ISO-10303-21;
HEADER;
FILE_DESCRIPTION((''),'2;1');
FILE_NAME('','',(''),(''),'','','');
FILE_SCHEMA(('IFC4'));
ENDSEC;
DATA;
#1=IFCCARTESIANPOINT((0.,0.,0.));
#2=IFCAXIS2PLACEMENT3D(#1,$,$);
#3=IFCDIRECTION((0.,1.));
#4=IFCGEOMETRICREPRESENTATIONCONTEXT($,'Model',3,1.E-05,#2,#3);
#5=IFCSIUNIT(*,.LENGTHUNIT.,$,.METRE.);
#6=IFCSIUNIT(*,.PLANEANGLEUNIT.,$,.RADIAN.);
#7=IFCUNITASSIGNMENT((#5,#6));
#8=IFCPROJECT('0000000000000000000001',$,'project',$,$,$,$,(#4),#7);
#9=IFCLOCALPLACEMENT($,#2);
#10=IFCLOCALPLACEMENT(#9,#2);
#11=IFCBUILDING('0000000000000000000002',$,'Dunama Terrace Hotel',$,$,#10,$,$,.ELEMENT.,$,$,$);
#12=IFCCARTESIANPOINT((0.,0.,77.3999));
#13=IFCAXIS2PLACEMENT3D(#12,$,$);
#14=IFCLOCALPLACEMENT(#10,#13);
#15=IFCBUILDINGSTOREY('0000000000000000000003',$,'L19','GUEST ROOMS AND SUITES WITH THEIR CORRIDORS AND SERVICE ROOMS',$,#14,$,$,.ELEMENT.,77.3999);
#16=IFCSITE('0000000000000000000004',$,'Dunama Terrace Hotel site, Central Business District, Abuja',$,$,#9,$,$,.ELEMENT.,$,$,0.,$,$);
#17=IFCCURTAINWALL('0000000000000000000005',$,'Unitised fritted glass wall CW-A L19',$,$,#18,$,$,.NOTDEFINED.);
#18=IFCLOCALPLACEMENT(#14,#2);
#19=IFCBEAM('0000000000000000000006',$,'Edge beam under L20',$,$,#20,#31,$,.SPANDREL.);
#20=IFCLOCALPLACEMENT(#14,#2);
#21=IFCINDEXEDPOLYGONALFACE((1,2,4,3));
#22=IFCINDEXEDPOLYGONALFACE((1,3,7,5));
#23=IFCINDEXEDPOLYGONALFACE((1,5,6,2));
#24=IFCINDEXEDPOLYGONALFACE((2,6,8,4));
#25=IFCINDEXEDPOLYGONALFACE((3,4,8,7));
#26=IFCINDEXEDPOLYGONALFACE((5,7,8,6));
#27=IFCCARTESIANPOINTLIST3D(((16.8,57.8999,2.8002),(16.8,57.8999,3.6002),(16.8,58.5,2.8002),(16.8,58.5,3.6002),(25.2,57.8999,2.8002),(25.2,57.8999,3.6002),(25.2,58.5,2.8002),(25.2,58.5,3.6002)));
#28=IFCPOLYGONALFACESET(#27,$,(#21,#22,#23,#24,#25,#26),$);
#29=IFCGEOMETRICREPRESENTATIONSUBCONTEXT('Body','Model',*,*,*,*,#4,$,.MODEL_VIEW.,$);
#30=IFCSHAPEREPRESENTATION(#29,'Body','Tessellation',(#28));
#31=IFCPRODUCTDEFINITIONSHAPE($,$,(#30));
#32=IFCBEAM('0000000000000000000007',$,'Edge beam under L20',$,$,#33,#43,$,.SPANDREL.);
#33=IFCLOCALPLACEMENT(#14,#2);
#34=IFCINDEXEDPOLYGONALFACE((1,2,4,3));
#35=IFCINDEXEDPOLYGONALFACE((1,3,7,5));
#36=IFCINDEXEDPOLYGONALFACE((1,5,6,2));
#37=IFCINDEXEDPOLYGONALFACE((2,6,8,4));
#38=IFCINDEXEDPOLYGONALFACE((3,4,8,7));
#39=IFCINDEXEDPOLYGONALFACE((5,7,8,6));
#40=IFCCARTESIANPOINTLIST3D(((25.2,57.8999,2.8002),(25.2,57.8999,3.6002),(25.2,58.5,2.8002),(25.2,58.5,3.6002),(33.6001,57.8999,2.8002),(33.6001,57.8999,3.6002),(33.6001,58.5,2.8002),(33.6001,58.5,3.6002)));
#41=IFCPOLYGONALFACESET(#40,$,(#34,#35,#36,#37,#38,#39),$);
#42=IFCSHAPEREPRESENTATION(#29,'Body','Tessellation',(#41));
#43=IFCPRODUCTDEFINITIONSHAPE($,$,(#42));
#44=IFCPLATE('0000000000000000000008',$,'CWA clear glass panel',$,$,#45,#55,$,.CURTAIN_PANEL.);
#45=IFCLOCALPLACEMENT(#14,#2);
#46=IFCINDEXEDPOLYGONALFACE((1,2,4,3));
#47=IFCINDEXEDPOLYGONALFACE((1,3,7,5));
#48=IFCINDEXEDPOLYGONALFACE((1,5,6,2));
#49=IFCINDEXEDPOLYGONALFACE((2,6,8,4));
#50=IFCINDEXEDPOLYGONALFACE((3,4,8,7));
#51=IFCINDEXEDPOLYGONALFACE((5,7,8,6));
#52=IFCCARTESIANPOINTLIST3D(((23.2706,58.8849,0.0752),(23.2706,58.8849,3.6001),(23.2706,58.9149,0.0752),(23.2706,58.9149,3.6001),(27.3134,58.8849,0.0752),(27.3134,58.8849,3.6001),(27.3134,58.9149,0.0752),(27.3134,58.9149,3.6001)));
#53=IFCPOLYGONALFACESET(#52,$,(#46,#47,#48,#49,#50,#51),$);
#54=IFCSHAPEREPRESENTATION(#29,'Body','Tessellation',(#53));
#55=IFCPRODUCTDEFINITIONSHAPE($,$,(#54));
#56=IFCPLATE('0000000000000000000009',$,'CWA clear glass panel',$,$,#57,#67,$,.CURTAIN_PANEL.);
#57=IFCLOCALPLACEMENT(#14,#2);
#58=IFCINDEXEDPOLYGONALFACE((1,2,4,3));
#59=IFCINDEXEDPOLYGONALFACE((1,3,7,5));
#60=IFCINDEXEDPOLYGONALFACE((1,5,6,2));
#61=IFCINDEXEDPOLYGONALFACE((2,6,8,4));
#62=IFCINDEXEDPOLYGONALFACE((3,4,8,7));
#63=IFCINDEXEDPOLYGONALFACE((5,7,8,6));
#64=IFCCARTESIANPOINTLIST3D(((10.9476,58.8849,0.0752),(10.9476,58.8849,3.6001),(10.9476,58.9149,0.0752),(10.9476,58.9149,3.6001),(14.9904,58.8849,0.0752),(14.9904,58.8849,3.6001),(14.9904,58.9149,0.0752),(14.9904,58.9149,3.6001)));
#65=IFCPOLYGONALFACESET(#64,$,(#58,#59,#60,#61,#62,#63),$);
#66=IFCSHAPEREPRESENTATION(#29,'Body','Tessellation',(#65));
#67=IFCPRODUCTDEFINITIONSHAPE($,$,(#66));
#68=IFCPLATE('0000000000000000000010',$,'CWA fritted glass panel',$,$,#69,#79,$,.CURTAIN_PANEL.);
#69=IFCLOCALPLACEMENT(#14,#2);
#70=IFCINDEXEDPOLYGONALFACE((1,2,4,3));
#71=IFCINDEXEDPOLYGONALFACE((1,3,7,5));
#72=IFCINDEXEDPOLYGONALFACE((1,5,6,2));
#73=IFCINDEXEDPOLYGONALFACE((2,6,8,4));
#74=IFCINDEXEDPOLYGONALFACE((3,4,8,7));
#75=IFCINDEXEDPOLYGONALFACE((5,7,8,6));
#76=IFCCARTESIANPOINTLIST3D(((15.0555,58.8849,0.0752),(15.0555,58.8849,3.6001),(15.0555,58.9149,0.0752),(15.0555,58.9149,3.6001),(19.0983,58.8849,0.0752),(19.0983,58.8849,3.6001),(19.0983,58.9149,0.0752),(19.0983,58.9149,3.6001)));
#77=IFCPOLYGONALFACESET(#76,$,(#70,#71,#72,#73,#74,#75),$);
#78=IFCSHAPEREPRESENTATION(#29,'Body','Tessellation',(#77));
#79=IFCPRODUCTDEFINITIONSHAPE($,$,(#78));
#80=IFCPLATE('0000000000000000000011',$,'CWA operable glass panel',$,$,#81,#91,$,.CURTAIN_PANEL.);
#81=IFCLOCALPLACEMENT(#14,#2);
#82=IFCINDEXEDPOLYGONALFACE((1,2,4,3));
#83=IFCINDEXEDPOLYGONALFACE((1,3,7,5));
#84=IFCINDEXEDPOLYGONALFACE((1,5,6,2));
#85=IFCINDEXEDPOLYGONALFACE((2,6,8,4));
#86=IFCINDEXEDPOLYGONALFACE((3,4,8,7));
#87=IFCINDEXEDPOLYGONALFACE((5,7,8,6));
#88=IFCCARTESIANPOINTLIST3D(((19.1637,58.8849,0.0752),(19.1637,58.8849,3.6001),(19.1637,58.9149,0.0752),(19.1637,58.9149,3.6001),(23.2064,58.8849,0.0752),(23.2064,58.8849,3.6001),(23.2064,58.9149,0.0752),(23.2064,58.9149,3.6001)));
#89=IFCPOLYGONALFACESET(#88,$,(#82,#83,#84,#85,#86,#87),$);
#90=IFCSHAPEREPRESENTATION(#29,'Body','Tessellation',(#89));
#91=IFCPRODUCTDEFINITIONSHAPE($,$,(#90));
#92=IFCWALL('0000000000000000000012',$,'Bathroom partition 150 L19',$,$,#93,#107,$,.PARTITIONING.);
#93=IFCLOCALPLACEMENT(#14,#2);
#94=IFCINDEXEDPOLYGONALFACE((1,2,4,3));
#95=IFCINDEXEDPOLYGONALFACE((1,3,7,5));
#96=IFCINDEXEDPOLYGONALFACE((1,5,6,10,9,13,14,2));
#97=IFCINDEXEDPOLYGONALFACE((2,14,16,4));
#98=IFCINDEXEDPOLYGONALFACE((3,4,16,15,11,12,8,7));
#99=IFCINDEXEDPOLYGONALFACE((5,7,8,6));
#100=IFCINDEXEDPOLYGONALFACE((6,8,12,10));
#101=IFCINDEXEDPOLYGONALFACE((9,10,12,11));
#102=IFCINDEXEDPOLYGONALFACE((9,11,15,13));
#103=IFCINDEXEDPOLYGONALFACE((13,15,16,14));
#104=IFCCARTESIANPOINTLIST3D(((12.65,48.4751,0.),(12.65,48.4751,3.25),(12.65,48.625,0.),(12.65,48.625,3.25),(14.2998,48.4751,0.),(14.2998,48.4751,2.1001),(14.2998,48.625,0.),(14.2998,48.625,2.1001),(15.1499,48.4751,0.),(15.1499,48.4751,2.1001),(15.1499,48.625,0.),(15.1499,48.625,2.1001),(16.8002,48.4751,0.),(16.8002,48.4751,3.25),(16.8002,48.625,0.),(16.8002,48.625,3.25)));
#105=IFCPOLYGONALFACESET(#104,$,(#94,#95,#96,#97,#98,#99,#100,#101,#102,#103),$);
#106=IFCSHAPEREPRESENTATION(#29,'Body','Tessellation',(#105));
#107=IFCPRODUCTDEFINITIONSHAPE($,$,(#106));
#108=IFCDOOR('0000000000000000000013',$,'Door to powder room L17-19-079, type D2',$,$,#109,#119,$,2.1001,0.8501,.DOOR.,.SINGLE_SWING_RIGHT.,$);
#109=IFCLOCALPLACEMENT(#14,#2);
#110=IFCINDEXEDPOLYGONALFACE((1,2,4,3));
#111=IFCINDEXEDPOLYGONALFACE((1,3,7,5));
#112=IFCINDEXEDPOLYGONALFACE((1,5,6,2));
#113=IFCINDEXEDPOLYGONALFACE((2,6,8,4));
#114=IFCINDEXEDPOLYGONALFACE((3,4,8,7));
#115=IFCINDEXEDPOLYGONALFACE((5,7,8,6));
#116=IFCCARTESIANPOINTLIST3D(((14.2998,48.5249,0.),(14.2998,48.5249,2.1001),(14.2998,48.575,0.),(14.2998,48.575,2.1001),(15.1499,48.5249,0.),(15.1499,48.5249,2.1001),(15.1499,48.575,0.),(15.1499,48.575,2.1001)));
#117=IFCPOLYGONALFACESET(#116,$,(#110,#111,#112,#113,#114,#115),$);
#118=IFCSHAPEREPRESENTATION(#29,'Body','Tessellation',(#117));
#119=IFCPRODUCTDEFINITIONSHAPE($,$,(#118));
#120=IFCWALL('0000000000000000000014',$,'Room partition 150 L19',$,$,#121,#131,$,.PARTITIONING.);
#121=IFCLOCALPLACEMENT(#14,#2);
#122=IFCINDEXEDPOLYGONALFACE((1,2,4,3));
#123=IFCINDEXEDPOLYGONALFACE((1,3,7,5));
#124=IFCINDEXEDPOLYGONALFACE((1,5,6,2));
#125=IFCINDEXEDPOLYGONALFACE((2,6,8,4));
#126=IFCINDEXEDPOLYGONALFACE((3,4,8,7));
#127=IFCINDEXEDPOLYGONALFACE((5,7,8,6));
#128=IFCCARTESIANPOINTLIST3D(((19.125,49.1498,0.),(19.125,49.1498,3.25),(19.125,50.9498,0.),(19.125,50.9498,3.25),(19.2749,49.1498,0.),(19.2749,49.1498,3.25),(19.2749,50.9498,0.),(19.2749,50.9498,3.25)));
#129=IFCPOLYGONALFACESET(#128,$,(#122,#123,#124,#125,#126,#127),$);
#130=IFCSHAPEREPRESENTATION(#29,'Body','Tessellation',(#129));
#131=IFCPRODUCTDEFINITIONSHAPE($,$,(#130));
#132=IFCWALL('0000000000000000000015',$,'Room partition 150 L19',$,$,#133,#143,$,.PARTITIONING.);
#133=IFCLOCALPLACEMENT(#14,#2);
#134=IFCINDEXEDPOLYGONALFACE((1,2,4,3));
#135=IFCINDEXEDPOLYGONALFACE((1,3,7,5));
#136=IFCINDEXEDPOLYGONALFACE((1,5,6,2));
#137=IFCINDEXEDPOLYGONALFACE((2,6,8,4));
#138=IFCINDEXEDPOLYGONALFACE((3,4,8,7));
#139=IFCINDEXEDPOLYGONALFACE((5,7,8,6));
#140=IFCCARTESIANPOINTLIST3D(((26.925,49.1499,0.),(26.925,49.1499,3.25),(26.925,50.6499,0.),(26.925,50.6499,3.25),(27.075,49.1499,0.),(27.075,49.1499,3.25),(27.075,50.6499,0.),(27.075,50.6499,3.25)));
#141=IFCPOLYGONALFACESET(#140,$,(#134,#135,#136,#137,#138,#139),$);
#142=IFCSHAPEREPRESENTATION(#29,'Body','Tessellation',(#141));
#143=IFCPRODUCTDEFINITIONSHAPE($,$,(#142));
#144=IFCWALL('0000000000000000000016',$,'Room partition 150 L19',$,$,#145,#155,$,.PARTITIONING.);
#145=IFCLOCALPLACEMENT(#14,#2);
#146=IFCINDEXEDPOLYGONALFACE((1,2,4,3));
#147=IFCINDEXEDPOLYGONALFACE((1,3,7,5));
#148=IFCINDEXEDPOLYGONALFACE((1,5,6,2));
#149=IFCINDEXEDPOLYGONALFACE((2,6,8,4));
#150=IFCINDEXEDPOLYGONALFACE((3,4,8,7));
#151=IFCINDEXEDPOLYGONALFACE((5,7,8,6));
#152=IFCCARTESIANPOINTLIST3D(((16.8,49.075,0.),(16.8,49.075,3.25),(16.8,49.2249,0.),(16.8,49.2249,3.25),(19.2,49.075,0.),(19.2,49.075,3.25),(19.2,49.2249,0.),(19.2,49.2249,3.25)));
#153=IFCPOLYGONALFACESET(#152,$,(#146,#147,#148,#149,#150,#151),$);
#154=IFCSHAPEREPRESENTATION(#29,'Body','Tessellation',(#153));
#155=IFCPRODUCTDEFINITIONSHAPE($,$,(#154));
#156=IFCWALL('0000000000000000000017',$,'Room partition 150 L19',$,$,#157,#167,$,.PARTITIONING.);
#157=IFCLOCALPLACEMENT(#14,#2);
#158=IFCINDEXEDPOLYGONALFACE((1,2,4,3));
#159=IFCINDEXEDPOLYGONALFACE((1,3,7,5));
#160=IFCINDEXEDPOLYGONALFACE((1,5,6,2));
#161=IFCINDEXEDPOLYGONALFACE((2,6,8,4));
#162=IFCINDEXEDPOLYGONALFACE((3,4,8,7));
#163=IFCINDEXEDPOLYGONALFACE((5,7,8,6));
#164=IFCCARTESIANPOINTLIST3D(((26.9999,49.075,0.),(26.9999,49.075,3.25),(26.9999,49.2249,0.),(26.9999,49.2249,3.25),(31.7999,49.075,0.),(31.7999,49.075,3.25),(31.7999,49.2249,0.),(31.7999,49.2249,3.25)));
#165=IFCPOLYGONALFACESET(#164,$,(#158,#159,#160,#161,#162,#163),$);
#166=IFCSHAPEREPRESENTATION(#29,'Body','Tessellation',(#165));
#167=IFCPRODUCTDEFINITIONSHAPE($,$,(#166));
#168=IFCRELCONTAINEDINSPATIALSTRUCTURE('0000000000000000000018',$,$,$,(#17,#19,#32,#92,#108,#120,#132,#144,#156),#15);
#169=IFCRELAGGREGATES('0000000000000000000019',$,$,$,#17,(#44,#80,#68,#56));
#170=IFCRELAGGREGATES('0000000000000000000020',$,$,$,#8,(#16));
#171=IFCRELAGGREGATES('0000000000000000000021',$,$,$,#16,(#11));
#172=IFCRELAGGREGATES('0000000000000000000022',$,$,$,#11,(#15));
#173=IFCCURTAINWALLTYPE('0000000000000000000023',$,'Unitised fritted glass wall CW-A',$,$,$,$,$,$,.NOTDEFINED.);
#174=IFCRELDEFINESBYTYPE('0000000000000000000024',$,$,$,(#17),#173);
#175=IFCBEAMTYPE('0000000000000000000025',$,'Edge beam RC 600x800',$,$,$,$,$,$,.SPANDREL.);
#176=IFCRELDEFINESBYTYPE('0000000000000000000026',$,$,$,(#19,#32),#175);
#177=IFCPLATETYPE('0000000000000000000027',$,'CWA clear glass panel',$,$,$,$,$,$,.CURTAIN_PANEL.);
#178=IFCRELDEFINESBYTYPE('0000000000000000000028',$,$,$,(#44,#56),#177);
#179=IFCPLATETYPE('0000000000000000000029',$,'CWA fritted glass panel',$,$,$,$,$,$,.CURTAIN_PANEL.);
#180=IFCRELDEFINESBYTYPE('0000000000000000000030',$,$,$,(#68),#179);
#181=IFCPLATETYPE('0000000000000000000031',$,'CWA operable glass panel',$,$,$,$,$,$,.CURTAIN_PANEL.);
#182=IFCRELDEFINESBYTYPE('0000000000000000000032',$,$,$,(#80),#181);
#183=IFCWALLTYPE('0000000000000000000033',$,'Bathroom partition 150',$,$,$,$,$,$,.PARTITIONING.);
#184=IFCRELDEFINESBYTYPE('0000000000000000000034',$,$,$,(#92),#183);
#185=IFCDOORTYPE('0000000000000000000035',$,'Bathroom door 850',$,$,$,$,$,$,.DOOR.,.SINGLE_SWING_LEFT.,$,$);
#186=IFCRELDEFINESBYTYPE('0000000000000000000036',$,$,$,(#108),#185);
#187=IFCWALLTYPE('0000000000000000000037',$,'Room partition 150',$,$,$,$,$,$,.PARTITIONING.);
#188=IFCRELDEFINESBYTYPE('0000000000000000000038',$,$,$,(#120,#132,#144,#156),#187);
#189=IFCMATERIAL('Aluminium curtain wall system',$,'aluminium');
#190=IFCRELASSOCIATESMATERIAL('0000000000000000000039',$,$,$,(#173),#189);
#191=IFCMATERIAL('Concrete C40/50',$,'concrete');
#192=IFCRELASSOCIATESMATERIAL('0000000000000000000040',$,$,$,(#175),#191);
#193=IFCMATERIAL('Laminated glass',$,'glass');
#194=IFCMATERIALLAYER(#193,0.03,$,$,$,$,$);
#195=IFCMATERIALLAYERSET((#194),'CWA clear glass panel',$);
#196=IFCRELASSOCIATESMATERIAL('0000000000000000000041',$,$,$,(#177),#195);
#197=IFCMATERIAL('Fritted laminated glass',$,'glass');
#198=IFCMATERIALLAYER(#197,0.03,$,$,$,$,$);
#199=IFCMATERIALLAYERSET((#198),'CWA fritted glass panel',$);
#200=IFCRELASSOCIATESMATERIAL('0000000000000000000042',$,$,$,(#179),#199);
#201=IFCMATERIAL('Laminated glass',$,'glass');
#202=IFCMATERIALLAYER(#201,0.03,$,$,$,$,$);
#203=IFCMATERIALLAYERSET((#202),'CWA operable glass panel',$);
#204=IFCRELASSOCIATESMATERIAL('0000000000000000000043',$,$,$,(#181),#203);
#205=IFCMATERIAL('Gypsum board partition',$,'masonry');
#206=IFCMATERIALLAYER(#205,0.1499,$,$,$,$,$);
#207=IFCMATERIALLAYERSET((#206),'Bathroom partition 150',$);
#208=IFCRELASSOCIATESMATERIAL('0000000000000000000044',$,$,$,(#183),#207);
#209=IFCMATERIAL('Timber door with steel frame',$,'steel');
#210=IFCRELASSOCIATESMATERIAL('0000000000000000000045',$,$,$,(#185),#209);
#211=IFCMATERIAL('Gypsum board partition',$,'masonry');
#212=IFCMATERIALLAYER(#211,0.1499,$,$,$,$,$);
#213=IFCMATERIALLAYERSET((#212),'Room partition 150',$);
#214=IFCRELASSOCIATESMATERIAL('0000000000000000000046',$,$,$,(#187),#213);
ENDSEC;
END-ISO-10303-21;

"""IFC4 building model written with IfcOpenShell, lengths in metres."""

from ifc_helpers import new_model, si_unit, direction, frame, frame_2d, origin, origin_2d, place, context, subcontext, project, spatial, rectangle, extrude, material, layer, layer_set, material_profile, profile_set, type_object, element, fill, aggregate, save


model = new_model("IFC4")

# Units and contexts
model_context = context("Model", 3, precision=1e-05, world=origin(), true_north=direction((0.0, 1.0)))
body_context = subcontext(model_context, "Body", "Model", "MODEL_VIEW")
ifc_project = project(units=[si_unit("LENGTHUNIT", "METRE"), si_unit("PLANEANGLEUNIT", "RADIAN")], contexts=[model_context])

# Site, building, storey
site_placement = place(None, origin())
site = spatial("IfcSite", under=ifc_project, at=site_placement, Name="Dunama Terrace Hotel site, Central Business District, Abuja", CompositionType="ELEMENT", RefElevation=0.0)
building_placement = place(site_placement, origin())
building = spatial("IfcBuilding", under=site, at=building_placement, Name="Dunama Terrace Hotel", CompositionType="ELEMENT")
storey_placement = place(building_placement, frame((0.0, 0.0, 77.3999)))
storey = spatial("IfcBuildingStorey", under=building, at=storey_placement, Name="L19", Description="GUEST ROOMS AND SUITES WITH THEIR CORRIDORS AND SERVICE ROOMS", CompositionType="ELEMENT", Elevation=77.3999)

# Curtain wall
ifc_material_1 = material(Name="Aluminium curtain wall system", Category="aluminium")
curtain_wall_type = type_object("IfcCurtainWallType", Name="Unitised fritted glass wall CW-A", PredefinedType="NOTDEFINED", material=ifc_material_1)
curtain_wall_placement = place(storey_placement, origin())
curtain_wall = element("IfcCurtainWall", 1, at=curtain_wall_placement, inside=storey, type_object=curtain_wall_type, Name="Unitised fritted glass wall CW-A L19", PredefinedType="NOTDEFINED")

# Beams
ifc_material_2 = material(Name="Concrete C40/50", Category="concrete")
ifc_material_profile_1 = material_profile(ifc_material_2, rectangle(XDim=0.6001, YDim=0.8, at=origin_2d()), Name="RC 600x800")
ifc_profile_set_1 = profile_set([ifc_material_profile_1], Name="Concrete C40/50")
beam_type = type_object("IfcBeamType", Name="Edge beam RC 600x800", PredefinedType="SPANDREL", material=ifc_profile_set_1)
beam_1_placement = place(storey_placement, frame((16.8, 58.2, 3.2002), z_axis=(1.0, 0.0, 0.0), x_axis=(0.0, 1.0, 0.0)))
element("IfcBeam", 2, at=beam_1_placement, inside=storey, type_object=beam_type, Name="Edge beam under L20", PredefinedType="SPANDREL", context=body_context, shape_type="SweptSolid", body=[
    extrude(rectangle(XDim=0.6001, YDim=0.8, at=origin_2d()), origin(), (0.0, 0.0, 1.0), 8.3999),
])
beam_2_placement = place(storey_placement, frame((25.2, 58.2, 3.2002), z_axis=(1.0, 0.0, 0.0), x_axis=(0.0, 1.0, 0.0)))
element("IfcBeam", 3, at=beam_2_placement, inside=storey, type_object=beam_type, Name="Edge beam under L20", PredefinedType="SPANDREL", context=body_context, shape_type="SweptSolid", body=[
    extrude(rectangle(XDim=0.6001, YDim=0.8, at=origin_2d()), origin(), (0.0, 0.0, 1.0), 8.4001),
])

# Plates
ifc_material_3 = material(Name="Laminated glass", Category="glass")
ifc_layer_1 = layer(ifc_material_3, 0.03)
ifc_layer_set_1 = layer_set([ifc_layer_1], Name="CWA clear glass panel")
plate_type_1 = type_object("IfcPlateType", Name="CWA clear glass panel", PredefinedType="CURTAIN_PANEL", material=ifc_layer_set_1)
plate_1_placement = place(storey_placement, frame((25.292, 58.8999, 0.0752), z_axis=(0.0, 0.0, 1.0), x_axis=(-1.0, 0.0, 0.0)))
plate_1 = element("IfcPlate", 4, at=plate_1_placement, type_object=plate_type_1, Name="CWA clear glass panel", PredefinedType="CURTAIN_PANEL", context=body_context, shape_type="SweptSolid", body=[
    extrude(rectangle(XDim=4.0427, YDim=0.03, at=origin_2d()), origin(), (0.0, 0.0, 1.0), 3.5249),
])
plate_2_placement = place(storey_placement, frame((12.969, 58.8999, 0.0752), z_axis=(0.0, 0.0, 1.0), x_axis=(-1.0, 0.0, 0.0)))
plate_2 = element("IfcPlate", 5, at=plate_2_placement, type_object=plate_type_1, Name="CWA clear glass panel", PredefinedType="CURTAIN_PANEL", context=body_context, shape_type="SweptSolid", body=[
    extrude(rectangle(XDim=4.0427, YDim=0.03, at=origin_2d()), origin(), (0.0, 0.0, 1.0), 3.5249),
])
ifc_material_4 = material(Name="Fritted laminated glass", Category="glass")
ifc_layer_2 = layer(ifc_material_4, 0.03)
ifc_layer_set_2 = layer_set([ifc_layer_2], Name="CWA fritted glass panel")
plate_type_2 = type_object("IfcPlateType", Name="CWA fritted glass panel", PredefinedType="CURTAIN_PANEL", material=ifc_layer_set_2)
plate_3_placement = place(storey_placement, frame((17.0769, 58.8999, 0.0752), z_axis=(0.0, 0.0, 1.0), x_axis=(-1.0, 0.0, 0.0)))
plate_3 = element("IfcPlate", 6, at=plate_3_placement, type_object=plate_type_2, Name="CWA fritted glass panel", PredefinedType="CURTAIN_PANEL", context=body_context, shape_type="SweptSolid", body=[
    extrude(rectangle(XDim=4.0427, YDim=0.03, at=origin_2d()), origin(), (0.0, 0.0, 1.0), 3.5249),
])
ifc_material_5 = material(Name="Laminated glass", Category="glass")
ifc_layer_3 = layer(ifc_material_5, 0.03)
ifc_layer_set_3 = layer_set([ifc_layer_3], Name="CWA operable glass panel")
plate_type_3 = type_object("IfcPlateType", Name="CWA operable glass panel", PredefinedType="CURTAIN_PANEL", material=ifc_layer_set_3)
plate_4_placement = place(storey_placement, frame((21.1851, 58.8999, 0.0752), z_axis=(0.0, 0.0, 1.0), x_axis=(-1.0, 0.0, 0.0)))
plate_4 = element("IfcPlate", 7, at=plate_4_placement, type_object=plate_type_3, Name="CWA operable glass panel", PredefinedType="CURTAIN_PANEL", context=body_context, shape_type="SweptSolid", body=[
    extrude(rectangle(XDim=4.0427, YDim=0.03, at=origin_2d()), origin(), (0.0, 0.0, 1.0), 3.5249),
])
aggregate(curtain_wall, [plate_1, plate_4, plate_3, plate_2])

# Wall, opening, door
ifc_material_6 = material(Name="Gypsum board partition", Category="masonry")
ifc_layer_4 = layer(ifc_material_6, 0.1499)
ifc_layer_set_4 = layer_set([ifc_layer_4], Name="Bathroom partition 150")
wall_type_1 = type_object("IfcWallType", Name="Bathroom partition 150", PredefinedType="PARTITIONING", material=ifc_layer_set_4)
wall_1_placement = place(storey_placement, frame((12.6499, 48.55, 0.0), z_axis=(0.0, 0.0, 1.0), x_axis=(1.0, 0.0, 0.0)))
wall_1 = element("IfcWall", 8, at=wall_1_placement, inside=storey, type_object=wall_type_1, Name="Bathroom partition 150 L19", PredefinedType="PARTITIONING", context=body_context, shape_type="SweptSolid", body=[
    extrude(rectangle(XDim=4.1501, YDim=0.1499, at=frame_2d((2.0752, 0.0))), origin(), (0.0, 0.0, 1.0), 3.25),
])
opening_1_placement = place(wall_1_placement, frame((1.6499, 0.0, 0.0)))
opening_1 = element("IfcOpeningElement", 9, at=opening_1_placement, cuts=wall_1, PredefinedType="OPENING", context=body_context, shape_type="SweptSolid", body=[
    extrude(rectangle(XDim=0.8501, YDim=2.1001, at=frame_2d((0.425, 1.05))), frame((0.0, 0.085, 0.0), z_axis=(0.0, -1.0, 0.0), x_axis=(1.0, 0.0, 0.0)), (0.0, 0.0, 1.0), 0.1699),
])
ifc_material_7 = material(Name="Timber door with steel frame", Category="steel")
door_type_1 = type_object("IfcDoorType", Name="Bathroom door 850", OperationType="SINGLE_SWING_LEFT", PredefinedType="DOOR", material=ifc_material_7)
door_1_placement = place(opening_1_placement, frame((0.8501, 0.0, 0.0), z_axis=(0.0, 0.0, 1.0), x_axis=(-1.0, 0.0, 0.0)))
door_1 = element("IfcDoor", 10, at=door_1_placement, inside=storey, type_object=door_type_1, Name="Door to powder room L17-19-079, type D2", OperationType="SINGLE_SWING_RIGHT", OverallHeight=2.1001, OverallWidth=0.8501, PredefinedType="DOOR", context=body_context, shape_type="SweptSolid", body=[
    extrude(rectangle(XDim=0.8501, YDim=2.1001, at=frame_2d((0.425, 1.05))), frame((0.0, 0.0251, 0.0), z_axis=(0.0, -1.0, 0.0), x_axis=(1.0, 0.0, 0.0)), (0.0, 0.0, 1.0), 0.05),
])
fill(opening_1, door_1)

# Walls
ifc_material_8 = material(Name="Gypsum board partition", Category="masonry")
ifc_layer_5 = layer(ifc_material_8, 0.1499)
ifc_layer_set_5 = layer_set([ifc_layer_5], Name="Room partition 150")
wall_type_2 = type_object("IfcWallType", Name="Room partition 150", PredefinedType="PARTITIONING", material=ifc_layer_set_5)
wall_2_placement = place(storey_placement, frame((19.2, 49.1499, 0.0), z_axis=(0.0, 0.0, 1.0), x_axis=(0.0, 1.0, 0.0)))
element("IfcWall", 11, at=wall_2_placement, inside=storey, type_object=wall_type_2, Name="Room partition 150 L19", PredefinedType="PARTITIONING", context=body_context, shape_type="SweptSolid", body=[
    extrude(rectangle(XDim=1.8, YDim=0.1499, at=frame_2d((0.8999, 0.0))), origin(), (0.0, 0.0, 1.0), 3.25),
])
wall_3_placement = place(storey_placement, frame((27.0, 49.1499, 0.0), z_axis=(0.0, 0.0, 1.0), x_axis=(0.0, 1.0, 0.0)))
element("IfcWall", 12, at=wall_3_placement, inside=storey, type_object=wall_type_2, Name="Room partition 150 L19", PredefinedType="PARTITIONING", context=body_context, shape_type="SweptSolid", body=[
    extrude(rectangle(XDim=1.5, YDim=0.1499, at=frame_2d((0.75, 0.0))), origin(), (0.0, 0.0, 1.0), 3.25),
])
wall_4_placement = place(storey_placement, frame((16.8, 49.1499, 0.0), z_axis=(0.0, 0.0, 1.0), x_axis=(1.0, 0.0, 0.0)))
element("IfcWall", 13, at=wall_4_placement, inside=storey, type_object=wall_type_2, Name="Room partition 150 L19", PredefinedType="PARTITIONING", context=body_context, shape_type="SweptSolid", body=[
    extrude(rectangle(XDim=2.3999, YDim=0.1499, at=frame_2d((1.2, 0.0))), origin(), (0.0, 0.0, 1.0), 3.25),
])
wall_5_placement = place(storey_placement, frame((27.0, 49.1499, 0.0), z_axis=(0.0, 0.0, 1.0), x_axis=(1.0, 0.0, 0.0)))
element("IfcWall", 14, at=wall_5_placement, inside=storey, type_object=wall_type_2, Name="Room partition 150 L19", PredefinedType="PARTITIONING", context=body_context, shape_type="SweptSolid", body=[
    extrude(rectangle(XDim=4.8, YDim=0.1499, at=frame_2d((2.3999, 0.0))), origin(), (0.0, 0.0, 1.0), 3.25),
])

save(model, "model.ifc")
